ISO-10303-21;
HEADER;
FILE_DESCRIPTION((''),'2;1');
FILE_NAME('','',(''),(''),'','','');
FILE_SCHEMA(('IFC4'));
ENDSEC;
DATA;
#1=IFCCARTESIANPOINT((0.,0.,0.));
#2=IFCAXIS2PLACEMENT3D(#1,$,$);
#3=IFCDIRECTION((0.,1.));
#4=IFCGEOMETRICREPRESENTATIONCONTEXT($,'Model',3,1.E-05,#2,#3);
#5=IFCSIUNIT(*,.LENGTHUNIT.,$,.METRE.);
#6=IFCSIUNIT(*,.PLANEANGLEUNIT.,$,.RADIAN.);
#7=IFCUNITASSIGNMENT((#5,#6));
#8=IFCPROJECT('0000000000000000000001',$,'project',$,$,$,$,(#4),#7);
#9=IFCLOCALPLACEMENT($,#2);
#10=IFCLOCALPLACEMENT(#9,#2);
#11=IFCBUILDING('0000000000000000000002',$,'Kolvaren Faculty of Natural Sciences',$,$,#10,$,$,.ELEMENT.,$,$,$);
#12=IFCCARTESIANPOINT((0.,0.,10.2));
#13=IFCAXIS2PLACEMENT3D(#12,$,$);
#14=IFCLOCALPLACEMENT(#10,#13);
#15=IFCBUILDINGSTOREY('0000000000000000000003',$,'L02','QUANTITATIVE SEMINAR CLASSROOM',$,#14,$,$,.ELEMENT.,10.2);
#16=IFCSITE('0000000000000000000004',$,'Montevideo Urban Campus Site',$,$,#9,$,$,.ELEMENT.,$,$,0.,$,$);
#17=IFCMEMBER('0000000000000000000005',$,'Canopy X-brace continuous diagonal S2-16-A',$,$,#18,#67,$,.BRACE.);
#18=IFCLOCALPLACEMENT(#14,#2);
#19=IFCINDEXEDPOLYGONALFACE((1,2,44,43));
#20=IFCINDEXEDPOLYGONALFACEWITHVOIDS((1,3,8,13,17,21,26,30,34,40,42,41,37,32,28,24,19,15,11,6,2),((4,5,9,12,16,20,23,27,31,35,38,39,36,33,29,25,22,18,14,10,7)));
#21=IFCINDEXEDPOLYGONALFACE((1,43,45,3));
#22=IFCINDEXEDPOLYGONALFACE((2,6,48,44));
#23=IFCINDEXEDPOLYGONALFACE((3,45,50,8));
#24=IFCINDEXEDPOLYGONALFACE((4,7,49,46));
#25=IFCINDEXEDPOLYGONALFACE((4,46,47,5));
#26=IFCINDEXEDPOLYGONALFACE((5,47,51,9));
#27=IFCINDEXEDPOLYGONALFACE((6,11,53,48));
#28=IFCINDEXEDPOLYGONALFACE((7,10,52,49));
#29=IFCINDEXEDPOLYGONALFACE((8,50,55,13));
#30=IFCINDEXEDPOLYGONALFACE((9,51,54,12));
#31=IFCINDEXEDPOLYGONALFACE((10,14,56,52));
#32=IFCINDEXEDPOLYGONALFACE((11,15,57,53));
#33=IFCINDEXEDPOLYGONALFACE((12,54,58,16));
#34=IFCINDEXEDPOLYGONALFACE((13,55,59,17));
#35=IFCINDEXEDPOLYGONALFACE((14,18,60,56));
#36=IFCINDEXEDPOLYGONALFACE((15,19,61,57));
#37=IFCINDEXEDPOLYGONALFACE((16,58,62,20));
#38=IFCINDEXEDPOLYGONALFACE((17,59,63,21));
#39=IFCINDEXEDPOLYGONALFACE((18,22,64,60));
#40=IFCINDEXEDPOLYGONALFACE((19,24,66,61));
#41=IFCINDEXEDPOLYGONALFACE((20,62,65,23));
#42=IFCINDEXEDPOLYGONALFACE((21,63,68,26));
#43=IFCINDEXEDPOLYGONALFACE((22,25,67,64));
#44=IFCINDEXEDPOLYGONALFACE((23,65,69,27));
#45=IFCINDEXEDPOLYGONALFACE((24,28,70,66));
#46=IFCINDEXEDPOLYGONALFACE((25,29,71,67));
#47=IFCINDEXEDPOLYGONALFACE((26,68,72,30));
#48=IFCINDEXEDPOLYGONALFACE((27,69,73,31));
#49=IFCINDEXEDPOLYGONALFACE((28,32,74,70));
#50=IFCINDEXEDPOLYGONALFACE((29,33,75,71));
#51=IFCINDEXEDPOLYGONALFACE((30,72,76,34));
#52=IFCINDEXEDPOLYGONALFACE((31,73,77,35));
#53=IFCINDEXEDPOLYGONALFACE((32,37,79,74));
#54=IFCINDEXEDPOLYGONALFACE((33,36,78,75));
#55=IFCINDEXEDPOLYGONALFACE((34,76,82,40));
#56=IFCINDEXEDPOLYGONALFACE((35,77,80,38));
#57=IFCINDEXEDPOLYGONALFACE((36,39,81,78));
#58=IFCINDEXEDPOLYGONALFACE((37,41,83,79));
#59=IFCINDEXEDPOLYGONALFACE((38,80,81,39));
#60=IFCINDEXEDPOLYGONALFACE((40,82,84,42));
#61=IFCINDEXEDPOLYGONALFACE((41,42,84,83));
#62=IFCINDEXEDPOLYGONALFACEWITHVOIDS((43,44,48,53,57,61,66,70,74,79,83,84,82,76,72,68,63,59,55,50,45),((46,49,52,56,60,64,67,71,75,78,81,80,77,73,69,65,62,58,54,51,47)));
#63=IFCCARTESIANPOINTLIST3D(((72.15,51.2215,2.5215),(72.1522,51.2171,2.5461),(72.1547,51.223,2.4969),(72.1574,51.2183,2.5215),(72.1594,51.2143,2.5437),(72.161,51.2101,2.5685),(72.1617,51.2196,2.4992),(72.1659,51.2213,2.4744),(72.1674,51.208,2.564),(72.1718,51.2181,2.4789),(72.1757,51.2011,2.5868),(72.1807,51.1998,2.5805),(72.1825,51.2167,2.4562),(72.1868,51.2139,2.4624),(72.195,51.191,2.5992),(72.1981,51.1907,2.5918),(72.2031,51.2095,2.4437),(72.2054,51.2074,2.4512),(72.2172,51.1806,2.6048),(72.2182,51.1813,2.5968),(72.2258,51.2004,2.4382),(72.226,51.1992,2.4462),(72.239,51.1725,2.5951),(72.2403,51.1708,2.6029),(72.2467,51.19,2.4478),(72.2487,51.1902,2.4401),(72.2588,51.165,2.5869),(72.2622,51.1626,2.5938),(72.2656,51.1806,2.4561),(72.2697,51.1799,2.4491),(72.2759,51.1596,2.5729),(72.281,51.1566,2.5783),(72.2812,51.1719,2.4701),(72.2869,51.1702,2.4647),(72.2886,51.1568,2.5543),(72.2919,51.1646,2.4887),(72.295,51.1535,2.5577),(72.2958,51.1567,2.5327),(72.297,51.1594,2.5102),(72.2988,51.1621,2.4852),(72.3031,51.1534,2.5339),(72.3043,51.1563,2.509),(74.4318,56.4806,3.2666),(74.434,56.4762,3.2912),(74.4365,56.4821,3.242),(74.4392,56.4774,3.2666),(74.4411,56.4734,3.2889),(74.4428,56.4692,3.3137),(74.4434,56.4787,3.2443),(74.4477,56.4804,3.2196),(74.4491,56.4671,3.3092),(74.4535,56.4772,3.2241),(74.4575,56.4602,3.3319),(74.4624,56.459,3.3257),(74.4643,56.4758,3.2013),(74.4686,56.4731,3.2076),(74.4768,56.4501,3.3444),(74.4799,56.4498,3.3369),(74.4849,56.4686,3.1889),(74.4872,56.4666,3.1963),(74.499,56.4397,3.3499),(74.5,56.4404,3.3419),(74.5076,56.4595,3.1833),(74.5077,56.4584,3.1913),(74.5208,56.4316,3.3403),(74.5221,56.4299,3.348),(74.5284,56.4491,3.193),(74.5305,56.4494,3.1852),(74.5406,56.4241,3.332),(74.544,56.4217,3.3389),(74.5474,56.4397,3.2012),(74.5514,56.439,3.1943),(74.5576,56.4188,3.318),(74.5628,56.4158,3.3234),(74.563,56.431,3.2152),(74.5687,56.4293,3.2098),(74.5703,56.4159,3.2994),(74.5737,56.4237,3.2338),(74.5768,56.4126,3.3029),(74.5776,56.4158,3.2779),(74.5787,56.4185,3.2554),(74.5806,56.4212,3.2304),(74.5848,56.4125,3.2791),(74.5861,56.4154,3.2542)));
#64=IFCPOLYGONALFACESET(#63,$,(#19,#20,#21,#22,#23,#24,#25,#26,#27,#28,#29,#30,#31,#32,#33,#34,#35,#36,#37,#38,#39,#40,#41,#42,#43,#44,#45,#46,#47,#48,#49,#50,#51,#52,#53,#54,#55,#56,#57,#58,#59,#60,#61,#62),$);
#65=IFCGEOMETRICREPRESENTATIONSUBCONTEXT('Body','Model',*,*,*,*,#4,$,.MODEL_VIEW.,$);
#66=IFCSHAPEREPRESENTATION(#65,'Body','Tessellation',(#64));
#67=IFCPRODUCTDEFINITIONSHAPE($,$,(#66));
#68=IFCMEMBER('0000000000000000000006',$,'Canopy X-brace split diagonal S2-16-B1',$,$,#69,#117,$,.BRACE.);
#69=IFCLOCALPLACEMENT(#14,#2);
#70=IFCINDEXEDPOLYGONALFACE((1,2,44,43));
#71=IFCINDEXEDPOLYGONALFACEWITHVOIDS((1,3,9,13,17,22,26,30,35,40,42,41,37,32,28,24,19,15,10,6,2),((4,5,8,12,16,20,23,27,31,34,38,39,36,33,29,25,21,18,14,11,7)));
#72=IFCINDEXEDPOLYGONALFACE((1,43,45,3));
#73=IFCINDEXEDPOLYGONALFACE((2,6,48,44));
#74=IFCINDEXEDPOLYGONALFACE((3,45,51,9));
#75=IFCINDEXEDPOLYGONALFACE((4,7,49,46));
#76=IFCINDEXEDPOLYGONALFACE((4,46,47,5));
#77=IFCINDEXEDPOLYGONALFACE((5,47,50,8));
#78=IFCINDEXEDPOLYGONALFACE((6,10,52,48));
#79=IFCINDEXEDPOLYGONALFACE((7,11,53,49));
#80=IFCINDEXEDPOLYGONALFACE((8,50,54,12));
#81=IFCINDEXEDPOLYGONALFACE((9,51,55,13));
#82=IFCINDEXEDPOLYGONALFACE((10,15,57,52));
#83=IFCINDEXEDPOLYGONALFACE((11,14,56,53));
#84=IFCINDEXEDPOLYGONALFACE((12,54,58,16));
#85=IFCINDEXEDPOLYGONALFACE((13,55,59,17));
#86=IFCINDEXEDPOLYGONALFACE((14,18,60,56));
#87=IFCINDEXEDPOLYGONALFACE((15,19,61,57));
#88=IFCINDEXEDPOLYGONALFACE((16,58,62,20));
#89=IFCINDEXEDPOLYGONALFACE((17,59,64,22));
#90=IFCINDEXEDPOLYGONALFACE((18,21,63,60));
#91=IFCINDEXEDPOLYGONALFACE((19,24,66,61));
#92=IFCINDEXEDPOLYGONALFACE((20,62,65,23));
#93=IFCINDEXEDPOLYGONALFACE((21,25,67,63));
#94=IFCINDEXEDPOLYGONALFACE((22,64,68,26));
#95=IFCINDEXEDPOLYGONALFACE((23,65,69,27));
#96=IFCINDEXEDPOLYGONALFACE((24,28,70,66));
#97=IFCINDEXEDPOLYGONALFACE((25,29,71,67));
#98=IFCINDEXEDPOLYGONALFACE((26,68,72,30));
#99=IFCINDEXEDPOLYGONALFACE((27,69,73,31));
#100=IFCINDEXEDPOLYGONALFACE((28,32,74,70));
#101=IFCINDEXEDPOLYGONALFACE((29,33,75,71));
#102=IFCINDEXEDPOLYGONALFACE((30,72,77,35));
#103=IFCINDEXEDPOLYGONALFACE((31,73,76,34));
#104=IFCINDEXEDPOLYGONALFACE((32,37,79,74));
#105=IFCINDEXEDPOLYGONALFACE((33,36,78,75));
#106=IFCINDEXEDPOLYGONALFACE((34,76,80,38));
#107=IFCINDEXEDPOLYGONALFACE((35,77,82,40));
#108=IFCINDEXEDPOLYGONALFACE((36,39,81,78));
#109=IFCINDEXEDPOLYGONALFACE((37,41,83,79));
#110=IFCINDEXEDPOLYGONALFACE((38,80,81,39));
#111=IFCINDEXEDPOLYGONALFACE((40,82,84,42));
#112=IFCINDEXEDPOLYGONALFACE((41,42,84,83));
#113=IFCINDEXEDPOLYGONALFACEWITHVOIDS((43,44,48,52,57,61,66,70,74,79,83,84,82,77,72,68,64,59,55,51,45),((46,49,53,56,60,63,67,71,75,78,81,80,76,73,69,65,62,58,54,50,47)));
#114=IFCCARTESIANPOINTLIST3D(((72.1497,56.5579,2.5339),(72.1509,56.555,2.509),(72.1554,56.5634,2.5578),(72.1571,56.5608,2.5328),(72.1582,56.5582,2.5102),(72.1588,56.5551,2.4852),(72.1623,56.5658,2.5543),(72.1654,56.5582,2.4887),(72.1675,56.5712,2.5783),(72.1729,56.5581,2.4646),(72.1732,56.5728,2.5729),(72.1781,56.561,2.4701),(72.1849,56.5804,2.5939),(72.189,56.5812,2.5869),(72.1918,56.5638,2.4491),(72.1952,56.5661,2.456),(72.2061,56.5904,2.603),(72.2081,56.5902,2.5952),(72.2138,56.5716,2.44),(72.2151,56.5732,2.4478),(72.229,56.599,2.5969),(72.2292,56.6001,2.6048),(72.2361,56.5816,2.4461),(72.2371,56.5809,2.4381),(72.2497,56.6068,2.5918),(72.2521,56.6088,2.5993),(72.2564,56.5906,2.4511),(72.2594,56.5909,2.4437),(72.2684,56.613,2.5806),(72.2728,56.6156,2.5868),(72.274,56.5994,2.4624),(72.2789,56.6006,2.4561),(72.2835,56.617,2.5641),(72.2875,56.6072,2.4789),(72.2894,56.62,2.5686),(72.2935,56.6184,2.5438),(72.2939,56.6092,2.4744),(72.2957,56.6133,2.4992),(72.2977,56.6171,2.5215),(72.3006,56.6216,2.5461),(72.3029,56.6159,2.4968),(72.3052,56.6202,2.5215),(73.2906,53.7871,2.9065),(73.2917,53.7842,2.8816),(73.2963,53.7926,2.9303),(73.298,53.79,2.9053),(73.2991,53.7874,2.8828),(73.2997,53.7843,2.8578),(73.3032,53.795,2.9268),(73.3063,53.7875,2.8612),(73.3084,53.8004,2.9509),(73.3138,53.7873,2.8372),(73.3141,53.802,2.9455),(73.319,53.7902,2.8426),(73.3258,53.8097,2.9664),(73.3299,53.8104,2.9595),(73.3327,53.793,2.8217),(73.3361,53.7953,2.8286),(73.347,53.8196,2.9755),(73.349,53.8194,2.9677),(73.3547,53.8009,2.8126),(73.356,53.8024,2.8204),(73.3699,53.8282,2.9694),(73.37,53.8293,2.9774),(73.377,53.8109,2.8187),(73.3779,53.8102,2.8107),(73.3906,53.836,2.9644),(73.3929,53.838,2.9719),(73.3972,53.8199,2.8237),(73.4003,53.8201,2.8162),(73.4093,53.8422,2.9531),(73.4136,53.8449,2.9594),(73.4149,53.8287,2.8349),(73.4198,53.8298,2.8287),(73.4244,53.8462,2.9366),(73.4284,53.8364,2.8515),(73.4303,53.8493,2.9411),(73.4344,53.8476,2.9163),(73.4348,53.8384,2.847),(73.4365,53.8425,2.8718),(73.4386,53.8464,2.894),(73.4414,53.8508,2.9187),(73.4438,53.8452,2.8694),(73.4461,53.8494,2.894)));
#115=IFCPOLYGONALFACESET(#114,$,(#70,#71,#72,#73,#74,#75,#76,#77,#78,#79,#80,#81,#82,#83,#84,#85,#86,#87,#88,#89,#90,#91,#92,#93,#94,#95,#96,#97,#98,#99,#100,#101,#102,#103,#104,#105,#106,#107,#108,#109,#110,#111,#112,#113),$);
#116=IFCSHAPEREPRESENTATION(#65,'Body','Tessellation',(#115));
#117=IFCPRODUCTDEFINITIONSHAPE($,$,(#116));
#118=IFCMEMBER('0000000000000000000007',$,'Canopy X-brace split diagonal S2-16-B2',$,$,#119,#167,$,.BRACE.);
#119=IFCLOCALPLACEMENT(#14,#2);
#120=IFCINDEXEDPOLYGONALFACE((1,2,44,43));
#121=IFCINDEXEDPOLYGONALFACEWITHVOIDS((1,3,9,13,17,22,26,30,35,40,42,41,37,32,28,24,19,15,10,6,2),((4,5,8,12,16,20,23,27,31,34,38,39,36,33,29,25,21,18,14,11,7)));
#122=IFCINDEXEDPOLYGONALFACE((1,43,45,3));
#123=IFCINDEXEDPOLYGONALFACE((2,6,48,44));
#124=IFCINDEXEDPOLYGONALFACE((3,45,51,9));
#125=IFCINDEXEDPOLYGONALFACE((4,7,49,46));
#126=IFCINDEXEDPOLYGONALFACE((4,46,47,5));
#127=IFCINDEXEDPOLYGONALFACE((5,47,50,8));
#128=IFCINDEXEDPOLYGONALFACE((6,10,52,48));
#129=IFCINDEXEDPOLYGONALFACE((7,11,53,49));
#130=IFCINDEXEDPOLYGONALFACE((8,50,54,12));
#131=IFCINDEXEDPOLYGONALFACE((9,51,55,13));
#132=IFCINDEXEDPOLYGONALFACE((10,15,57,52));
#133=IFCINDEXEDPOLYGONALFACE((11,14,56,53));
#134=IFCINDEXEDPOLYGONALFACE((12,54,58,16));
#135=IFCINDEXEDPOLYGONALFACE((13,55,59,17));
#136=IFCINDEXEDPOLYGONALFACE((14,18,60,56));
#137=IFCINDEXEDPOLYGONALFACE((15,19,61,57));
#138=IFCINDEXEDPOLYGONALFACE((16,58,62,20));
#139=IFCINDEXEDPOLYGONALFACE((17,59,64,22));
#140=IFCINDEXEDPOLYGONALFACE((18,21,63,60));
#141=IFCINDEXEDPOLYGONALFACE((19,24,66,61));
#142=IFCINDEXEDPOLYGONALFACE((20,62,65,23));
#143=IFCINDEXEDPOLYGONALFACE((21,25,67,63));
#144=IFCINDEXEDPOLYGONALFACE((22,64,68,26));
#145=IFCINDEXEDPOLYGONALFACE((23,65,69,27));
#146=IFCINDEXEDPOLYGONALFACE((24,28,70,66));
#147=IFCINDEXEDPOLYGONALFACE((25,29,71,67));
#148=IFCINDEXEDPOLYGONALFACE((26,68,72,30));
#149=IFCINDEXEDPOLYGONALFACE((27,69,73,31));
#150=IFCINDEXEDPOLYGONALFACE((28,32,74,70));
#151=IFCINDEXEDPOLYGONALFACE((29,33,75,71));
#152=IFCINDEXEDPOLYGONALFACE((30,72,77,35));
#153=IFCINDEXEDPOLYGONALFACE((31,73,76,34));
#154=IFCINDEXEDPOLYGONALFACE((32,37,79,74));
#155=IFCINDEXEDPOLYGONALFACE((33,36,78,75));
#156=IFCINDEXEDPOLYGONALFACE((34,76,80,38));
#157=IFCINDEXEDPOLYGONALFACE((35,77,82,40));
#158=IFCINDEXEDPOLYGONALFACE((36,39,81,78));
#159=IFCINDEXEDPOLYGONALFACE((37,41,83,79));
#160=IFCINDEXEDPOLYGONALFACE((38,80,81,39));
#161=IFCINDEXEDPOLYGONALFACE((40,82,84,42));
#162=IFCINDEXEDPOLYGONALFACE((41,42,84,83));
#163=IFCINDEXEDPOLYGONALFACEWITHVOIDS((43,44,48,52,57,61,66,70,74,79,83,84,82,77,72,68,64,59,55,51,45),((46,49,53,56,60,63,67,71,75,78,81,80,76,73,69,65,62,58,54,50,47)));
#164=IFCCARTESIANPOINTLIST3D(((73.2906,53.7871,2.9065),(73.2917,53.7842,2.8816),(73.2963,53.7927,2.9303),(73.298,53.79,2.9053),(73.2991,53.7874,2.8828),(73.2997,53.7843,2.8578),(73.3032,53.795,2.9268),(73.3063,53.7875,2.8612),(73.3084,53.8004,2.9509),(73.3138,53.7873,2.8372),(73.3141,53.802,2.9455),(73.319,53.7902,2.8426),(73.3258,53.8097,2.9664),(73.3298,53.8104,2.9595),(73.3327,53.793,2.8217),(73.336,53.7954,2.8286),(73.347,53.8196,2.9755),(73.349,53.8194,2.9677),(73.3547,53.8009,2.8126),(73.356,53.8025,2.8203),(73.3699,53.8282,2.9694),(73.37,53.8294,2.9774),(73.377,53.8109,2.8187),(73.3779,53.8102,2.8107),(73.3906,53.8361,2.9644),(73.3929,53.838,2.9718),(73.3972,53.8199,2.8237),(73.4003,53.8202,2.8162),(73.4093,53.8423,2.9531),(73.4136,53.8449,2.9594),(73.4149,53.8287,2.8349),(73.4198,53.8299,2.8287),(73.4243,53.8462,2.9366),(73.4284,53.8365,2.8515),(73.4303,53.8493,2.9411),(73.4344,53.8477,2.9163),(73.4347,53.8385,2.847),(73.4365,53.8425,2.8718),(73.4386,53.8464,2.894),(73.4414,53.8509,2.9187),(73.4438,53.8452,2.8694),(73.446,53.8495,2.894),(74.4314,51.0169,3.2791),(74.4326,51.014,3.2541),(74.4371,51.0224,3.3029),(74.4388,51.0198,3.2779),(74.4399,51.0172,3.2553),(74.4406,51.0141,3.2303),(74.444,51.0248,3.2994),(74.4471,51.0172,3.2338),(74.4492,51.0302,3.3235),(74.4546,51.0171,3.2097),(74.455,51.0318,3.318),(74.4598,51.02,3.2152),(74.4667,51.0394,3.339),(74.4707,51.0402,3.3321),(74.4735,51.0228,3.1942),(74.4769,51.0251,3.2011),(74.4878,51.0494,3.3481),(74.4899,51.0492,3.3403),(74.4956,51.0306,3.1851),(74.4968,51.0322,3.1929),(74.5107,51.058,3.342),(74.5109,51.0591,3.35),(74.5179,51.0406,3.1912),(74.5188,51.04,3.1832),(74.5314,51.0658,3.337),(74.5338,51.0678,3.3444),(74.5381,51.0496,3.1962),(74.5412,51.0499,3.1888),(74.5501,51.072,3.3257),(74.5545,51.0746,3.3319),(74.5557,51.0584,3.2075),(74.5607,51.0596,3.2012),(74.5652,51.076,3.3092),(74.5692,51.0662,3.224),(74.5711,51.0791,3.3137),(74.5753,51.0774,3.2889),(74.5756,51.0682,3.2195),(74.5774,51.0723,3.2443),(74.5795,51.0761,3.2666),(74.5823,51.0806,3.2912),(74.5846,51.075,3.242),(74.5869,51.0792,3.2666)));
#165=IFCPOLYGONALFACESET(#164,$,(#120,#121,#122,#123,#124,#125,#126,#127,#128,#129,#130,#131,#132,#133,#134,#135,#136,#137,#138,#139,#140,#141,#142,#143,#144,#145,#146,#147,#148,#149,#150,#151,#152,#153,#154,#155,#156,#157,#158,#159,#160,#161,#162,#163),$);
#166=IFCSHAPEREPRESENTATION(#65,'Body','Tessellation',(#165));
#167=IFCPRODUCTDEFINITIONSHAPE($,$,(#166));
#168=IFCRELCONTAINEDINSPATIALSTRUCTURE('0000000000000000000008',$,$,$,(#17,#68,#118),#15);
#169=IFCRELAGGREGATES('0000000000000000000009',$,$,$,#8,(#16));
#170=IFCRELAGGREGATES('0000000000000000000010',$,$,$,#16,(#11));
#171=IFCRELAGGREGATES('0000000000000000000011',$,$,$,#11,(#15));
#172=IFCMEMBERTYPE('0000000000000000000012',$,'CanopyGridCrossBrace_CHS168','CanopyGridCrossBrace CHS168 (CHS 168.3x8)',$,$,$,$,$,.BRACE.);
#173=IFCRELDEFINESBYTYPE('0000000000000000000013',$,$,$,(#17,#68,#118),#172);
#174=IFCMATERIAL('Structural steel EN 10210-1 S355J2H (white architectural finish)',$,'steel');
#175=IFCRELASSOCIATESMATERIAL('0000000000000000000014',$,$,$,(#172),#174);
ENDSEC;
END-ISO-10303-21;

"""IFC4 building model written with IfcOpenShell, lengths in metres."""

from ifc_helpers import new_model, si_unit, direction, frame, origin, origin_2d, place, context, subcontext, project, spatial, hollow_circle, extrude, material, material_profile, profile_set, type_object, element, save


model = new_model("IFC4")

# Units and contexts
model_context = context("Model", 3, precision=1e-05, world=origin(), true_north=direction((0.0, 1.0)))
body_context = subcontext(model_context, "Body", "Model", "MODEL_VIEW")
ifc_project = project(units=[si_unit("LENGTHUNIT", "METRE"), si_unit("PLANEANGLEUNIT", "RADIAN")], contexts=[model_context])

# Site, building, storey
site_placement = place(None, origin())
site = spatial("IfcSite", under=ifc_project, at=site_placement, Name="Montevideo Urban Campus Site", CompositionType="ELEMENT", RefElevation=0.0)
building_placement = place(site_placement, origin())
building = spatial("IfcBuilding", under=site, at=building_placement, Name="Kolvaren Faculty of Natural Sciences", CompositionType="ELEMENT")
storey_placement = place(building_placement, frame((0.0, 0.0, 10.2)))
storey = spatial("IfcBuildingStorey", under=building, at=storey_placement, Name="L02", Description="QUANTITATIVE SEMINAR CLASSROOM", CompositionType="ELEMENT", Elevation=10.2)

# Members
ifc_material_1 = material(Name="Structural steel EN 10210-1 S355J2H (white architectural finish)", Category="steel")
ifc_material_profile_1 = material_profile(ifc_material_1, hollow_circle(Radius=0.0842, WallThickness=0.0081, at=origin_2d()), Name="CHS 168.3x8")
ifc_profile_set_1 = profile_set([ifc_material_profile_1], Name="Structural steel EN 10210-1 S355J2H (white architectural finish)")
member_type_1 = type_object("IfcMemberType", Name="CanopyGridCrossBrace_CHS168", Description="CanopyGridCrossBrace CHS168 (CHS 168.3x8)", PredefinedType="BRACE", material=ifc_profile_set_1)
member_1_placement = place(storey_placement, frame((72.2273, 51.188, 2.5215), z_axis=(0.394702, 0.909724, 0.128893), x_axis=(-0.917376, 0.398022, 0.0)))
element("IfcMember", 1, at=member_1_placement, inside=storey, type_object=member_type_1, Name="Canopy X-brace continuous diagonal S2-16-A", PredefinedType="BRACE", context=body_context, shape_type="SweptSolid", body=[
    extrude(hollow_circle(Radius=0.0842, WallThickness=0.0081, at=origin_2d()), origin(), (0.0, 0.0, 1.0), 5.781),
])
member_2_placement = place(storey_placement, frame((72.2273, 56.5881, 2.5215), z_axis=(0.377832, -0.917616, 0.123384), x_axis=(0.924681, 0.380742, 0.0)))
element("IfcMember", 2, at=member_2_placement, inside=storey, type_object=member_type_1, Name="Canopy X-brace split diagonal S2-16-B1", PredefinedType="BRACE", context=body_context, shape_type="SweptSolid", body=[
    extrude(hollow_circle(Radius=0.0842, WallThickness=0.0081, at=origin_2d()), origin(), (0.0, 0.0, 1.0), 3.0195),
])
member_3_placement = place(storey_placement, frame((73.3682, 53.8174, 2.894), z_axis=(0.377888, -0.91759, 0.123402), x_axis=(0.924658, 0.380799, 0.0)))
element("IfcMember", 3, at=member_3_placement, inside=storey, type_object=member_type_1, Name="Canopy X-brace split diagonal S2-16-B2", PredefinedType="BRACE", context=body_context, shape_type="SweptSolid", body=[
    extrude(hollow_circle(Radius=0.0842, WallThickness=0.0081, at=origin_2d()), origin(), (0.0, 0.0, 1.0), 3.019),
])

save(model, "model.ifc")
